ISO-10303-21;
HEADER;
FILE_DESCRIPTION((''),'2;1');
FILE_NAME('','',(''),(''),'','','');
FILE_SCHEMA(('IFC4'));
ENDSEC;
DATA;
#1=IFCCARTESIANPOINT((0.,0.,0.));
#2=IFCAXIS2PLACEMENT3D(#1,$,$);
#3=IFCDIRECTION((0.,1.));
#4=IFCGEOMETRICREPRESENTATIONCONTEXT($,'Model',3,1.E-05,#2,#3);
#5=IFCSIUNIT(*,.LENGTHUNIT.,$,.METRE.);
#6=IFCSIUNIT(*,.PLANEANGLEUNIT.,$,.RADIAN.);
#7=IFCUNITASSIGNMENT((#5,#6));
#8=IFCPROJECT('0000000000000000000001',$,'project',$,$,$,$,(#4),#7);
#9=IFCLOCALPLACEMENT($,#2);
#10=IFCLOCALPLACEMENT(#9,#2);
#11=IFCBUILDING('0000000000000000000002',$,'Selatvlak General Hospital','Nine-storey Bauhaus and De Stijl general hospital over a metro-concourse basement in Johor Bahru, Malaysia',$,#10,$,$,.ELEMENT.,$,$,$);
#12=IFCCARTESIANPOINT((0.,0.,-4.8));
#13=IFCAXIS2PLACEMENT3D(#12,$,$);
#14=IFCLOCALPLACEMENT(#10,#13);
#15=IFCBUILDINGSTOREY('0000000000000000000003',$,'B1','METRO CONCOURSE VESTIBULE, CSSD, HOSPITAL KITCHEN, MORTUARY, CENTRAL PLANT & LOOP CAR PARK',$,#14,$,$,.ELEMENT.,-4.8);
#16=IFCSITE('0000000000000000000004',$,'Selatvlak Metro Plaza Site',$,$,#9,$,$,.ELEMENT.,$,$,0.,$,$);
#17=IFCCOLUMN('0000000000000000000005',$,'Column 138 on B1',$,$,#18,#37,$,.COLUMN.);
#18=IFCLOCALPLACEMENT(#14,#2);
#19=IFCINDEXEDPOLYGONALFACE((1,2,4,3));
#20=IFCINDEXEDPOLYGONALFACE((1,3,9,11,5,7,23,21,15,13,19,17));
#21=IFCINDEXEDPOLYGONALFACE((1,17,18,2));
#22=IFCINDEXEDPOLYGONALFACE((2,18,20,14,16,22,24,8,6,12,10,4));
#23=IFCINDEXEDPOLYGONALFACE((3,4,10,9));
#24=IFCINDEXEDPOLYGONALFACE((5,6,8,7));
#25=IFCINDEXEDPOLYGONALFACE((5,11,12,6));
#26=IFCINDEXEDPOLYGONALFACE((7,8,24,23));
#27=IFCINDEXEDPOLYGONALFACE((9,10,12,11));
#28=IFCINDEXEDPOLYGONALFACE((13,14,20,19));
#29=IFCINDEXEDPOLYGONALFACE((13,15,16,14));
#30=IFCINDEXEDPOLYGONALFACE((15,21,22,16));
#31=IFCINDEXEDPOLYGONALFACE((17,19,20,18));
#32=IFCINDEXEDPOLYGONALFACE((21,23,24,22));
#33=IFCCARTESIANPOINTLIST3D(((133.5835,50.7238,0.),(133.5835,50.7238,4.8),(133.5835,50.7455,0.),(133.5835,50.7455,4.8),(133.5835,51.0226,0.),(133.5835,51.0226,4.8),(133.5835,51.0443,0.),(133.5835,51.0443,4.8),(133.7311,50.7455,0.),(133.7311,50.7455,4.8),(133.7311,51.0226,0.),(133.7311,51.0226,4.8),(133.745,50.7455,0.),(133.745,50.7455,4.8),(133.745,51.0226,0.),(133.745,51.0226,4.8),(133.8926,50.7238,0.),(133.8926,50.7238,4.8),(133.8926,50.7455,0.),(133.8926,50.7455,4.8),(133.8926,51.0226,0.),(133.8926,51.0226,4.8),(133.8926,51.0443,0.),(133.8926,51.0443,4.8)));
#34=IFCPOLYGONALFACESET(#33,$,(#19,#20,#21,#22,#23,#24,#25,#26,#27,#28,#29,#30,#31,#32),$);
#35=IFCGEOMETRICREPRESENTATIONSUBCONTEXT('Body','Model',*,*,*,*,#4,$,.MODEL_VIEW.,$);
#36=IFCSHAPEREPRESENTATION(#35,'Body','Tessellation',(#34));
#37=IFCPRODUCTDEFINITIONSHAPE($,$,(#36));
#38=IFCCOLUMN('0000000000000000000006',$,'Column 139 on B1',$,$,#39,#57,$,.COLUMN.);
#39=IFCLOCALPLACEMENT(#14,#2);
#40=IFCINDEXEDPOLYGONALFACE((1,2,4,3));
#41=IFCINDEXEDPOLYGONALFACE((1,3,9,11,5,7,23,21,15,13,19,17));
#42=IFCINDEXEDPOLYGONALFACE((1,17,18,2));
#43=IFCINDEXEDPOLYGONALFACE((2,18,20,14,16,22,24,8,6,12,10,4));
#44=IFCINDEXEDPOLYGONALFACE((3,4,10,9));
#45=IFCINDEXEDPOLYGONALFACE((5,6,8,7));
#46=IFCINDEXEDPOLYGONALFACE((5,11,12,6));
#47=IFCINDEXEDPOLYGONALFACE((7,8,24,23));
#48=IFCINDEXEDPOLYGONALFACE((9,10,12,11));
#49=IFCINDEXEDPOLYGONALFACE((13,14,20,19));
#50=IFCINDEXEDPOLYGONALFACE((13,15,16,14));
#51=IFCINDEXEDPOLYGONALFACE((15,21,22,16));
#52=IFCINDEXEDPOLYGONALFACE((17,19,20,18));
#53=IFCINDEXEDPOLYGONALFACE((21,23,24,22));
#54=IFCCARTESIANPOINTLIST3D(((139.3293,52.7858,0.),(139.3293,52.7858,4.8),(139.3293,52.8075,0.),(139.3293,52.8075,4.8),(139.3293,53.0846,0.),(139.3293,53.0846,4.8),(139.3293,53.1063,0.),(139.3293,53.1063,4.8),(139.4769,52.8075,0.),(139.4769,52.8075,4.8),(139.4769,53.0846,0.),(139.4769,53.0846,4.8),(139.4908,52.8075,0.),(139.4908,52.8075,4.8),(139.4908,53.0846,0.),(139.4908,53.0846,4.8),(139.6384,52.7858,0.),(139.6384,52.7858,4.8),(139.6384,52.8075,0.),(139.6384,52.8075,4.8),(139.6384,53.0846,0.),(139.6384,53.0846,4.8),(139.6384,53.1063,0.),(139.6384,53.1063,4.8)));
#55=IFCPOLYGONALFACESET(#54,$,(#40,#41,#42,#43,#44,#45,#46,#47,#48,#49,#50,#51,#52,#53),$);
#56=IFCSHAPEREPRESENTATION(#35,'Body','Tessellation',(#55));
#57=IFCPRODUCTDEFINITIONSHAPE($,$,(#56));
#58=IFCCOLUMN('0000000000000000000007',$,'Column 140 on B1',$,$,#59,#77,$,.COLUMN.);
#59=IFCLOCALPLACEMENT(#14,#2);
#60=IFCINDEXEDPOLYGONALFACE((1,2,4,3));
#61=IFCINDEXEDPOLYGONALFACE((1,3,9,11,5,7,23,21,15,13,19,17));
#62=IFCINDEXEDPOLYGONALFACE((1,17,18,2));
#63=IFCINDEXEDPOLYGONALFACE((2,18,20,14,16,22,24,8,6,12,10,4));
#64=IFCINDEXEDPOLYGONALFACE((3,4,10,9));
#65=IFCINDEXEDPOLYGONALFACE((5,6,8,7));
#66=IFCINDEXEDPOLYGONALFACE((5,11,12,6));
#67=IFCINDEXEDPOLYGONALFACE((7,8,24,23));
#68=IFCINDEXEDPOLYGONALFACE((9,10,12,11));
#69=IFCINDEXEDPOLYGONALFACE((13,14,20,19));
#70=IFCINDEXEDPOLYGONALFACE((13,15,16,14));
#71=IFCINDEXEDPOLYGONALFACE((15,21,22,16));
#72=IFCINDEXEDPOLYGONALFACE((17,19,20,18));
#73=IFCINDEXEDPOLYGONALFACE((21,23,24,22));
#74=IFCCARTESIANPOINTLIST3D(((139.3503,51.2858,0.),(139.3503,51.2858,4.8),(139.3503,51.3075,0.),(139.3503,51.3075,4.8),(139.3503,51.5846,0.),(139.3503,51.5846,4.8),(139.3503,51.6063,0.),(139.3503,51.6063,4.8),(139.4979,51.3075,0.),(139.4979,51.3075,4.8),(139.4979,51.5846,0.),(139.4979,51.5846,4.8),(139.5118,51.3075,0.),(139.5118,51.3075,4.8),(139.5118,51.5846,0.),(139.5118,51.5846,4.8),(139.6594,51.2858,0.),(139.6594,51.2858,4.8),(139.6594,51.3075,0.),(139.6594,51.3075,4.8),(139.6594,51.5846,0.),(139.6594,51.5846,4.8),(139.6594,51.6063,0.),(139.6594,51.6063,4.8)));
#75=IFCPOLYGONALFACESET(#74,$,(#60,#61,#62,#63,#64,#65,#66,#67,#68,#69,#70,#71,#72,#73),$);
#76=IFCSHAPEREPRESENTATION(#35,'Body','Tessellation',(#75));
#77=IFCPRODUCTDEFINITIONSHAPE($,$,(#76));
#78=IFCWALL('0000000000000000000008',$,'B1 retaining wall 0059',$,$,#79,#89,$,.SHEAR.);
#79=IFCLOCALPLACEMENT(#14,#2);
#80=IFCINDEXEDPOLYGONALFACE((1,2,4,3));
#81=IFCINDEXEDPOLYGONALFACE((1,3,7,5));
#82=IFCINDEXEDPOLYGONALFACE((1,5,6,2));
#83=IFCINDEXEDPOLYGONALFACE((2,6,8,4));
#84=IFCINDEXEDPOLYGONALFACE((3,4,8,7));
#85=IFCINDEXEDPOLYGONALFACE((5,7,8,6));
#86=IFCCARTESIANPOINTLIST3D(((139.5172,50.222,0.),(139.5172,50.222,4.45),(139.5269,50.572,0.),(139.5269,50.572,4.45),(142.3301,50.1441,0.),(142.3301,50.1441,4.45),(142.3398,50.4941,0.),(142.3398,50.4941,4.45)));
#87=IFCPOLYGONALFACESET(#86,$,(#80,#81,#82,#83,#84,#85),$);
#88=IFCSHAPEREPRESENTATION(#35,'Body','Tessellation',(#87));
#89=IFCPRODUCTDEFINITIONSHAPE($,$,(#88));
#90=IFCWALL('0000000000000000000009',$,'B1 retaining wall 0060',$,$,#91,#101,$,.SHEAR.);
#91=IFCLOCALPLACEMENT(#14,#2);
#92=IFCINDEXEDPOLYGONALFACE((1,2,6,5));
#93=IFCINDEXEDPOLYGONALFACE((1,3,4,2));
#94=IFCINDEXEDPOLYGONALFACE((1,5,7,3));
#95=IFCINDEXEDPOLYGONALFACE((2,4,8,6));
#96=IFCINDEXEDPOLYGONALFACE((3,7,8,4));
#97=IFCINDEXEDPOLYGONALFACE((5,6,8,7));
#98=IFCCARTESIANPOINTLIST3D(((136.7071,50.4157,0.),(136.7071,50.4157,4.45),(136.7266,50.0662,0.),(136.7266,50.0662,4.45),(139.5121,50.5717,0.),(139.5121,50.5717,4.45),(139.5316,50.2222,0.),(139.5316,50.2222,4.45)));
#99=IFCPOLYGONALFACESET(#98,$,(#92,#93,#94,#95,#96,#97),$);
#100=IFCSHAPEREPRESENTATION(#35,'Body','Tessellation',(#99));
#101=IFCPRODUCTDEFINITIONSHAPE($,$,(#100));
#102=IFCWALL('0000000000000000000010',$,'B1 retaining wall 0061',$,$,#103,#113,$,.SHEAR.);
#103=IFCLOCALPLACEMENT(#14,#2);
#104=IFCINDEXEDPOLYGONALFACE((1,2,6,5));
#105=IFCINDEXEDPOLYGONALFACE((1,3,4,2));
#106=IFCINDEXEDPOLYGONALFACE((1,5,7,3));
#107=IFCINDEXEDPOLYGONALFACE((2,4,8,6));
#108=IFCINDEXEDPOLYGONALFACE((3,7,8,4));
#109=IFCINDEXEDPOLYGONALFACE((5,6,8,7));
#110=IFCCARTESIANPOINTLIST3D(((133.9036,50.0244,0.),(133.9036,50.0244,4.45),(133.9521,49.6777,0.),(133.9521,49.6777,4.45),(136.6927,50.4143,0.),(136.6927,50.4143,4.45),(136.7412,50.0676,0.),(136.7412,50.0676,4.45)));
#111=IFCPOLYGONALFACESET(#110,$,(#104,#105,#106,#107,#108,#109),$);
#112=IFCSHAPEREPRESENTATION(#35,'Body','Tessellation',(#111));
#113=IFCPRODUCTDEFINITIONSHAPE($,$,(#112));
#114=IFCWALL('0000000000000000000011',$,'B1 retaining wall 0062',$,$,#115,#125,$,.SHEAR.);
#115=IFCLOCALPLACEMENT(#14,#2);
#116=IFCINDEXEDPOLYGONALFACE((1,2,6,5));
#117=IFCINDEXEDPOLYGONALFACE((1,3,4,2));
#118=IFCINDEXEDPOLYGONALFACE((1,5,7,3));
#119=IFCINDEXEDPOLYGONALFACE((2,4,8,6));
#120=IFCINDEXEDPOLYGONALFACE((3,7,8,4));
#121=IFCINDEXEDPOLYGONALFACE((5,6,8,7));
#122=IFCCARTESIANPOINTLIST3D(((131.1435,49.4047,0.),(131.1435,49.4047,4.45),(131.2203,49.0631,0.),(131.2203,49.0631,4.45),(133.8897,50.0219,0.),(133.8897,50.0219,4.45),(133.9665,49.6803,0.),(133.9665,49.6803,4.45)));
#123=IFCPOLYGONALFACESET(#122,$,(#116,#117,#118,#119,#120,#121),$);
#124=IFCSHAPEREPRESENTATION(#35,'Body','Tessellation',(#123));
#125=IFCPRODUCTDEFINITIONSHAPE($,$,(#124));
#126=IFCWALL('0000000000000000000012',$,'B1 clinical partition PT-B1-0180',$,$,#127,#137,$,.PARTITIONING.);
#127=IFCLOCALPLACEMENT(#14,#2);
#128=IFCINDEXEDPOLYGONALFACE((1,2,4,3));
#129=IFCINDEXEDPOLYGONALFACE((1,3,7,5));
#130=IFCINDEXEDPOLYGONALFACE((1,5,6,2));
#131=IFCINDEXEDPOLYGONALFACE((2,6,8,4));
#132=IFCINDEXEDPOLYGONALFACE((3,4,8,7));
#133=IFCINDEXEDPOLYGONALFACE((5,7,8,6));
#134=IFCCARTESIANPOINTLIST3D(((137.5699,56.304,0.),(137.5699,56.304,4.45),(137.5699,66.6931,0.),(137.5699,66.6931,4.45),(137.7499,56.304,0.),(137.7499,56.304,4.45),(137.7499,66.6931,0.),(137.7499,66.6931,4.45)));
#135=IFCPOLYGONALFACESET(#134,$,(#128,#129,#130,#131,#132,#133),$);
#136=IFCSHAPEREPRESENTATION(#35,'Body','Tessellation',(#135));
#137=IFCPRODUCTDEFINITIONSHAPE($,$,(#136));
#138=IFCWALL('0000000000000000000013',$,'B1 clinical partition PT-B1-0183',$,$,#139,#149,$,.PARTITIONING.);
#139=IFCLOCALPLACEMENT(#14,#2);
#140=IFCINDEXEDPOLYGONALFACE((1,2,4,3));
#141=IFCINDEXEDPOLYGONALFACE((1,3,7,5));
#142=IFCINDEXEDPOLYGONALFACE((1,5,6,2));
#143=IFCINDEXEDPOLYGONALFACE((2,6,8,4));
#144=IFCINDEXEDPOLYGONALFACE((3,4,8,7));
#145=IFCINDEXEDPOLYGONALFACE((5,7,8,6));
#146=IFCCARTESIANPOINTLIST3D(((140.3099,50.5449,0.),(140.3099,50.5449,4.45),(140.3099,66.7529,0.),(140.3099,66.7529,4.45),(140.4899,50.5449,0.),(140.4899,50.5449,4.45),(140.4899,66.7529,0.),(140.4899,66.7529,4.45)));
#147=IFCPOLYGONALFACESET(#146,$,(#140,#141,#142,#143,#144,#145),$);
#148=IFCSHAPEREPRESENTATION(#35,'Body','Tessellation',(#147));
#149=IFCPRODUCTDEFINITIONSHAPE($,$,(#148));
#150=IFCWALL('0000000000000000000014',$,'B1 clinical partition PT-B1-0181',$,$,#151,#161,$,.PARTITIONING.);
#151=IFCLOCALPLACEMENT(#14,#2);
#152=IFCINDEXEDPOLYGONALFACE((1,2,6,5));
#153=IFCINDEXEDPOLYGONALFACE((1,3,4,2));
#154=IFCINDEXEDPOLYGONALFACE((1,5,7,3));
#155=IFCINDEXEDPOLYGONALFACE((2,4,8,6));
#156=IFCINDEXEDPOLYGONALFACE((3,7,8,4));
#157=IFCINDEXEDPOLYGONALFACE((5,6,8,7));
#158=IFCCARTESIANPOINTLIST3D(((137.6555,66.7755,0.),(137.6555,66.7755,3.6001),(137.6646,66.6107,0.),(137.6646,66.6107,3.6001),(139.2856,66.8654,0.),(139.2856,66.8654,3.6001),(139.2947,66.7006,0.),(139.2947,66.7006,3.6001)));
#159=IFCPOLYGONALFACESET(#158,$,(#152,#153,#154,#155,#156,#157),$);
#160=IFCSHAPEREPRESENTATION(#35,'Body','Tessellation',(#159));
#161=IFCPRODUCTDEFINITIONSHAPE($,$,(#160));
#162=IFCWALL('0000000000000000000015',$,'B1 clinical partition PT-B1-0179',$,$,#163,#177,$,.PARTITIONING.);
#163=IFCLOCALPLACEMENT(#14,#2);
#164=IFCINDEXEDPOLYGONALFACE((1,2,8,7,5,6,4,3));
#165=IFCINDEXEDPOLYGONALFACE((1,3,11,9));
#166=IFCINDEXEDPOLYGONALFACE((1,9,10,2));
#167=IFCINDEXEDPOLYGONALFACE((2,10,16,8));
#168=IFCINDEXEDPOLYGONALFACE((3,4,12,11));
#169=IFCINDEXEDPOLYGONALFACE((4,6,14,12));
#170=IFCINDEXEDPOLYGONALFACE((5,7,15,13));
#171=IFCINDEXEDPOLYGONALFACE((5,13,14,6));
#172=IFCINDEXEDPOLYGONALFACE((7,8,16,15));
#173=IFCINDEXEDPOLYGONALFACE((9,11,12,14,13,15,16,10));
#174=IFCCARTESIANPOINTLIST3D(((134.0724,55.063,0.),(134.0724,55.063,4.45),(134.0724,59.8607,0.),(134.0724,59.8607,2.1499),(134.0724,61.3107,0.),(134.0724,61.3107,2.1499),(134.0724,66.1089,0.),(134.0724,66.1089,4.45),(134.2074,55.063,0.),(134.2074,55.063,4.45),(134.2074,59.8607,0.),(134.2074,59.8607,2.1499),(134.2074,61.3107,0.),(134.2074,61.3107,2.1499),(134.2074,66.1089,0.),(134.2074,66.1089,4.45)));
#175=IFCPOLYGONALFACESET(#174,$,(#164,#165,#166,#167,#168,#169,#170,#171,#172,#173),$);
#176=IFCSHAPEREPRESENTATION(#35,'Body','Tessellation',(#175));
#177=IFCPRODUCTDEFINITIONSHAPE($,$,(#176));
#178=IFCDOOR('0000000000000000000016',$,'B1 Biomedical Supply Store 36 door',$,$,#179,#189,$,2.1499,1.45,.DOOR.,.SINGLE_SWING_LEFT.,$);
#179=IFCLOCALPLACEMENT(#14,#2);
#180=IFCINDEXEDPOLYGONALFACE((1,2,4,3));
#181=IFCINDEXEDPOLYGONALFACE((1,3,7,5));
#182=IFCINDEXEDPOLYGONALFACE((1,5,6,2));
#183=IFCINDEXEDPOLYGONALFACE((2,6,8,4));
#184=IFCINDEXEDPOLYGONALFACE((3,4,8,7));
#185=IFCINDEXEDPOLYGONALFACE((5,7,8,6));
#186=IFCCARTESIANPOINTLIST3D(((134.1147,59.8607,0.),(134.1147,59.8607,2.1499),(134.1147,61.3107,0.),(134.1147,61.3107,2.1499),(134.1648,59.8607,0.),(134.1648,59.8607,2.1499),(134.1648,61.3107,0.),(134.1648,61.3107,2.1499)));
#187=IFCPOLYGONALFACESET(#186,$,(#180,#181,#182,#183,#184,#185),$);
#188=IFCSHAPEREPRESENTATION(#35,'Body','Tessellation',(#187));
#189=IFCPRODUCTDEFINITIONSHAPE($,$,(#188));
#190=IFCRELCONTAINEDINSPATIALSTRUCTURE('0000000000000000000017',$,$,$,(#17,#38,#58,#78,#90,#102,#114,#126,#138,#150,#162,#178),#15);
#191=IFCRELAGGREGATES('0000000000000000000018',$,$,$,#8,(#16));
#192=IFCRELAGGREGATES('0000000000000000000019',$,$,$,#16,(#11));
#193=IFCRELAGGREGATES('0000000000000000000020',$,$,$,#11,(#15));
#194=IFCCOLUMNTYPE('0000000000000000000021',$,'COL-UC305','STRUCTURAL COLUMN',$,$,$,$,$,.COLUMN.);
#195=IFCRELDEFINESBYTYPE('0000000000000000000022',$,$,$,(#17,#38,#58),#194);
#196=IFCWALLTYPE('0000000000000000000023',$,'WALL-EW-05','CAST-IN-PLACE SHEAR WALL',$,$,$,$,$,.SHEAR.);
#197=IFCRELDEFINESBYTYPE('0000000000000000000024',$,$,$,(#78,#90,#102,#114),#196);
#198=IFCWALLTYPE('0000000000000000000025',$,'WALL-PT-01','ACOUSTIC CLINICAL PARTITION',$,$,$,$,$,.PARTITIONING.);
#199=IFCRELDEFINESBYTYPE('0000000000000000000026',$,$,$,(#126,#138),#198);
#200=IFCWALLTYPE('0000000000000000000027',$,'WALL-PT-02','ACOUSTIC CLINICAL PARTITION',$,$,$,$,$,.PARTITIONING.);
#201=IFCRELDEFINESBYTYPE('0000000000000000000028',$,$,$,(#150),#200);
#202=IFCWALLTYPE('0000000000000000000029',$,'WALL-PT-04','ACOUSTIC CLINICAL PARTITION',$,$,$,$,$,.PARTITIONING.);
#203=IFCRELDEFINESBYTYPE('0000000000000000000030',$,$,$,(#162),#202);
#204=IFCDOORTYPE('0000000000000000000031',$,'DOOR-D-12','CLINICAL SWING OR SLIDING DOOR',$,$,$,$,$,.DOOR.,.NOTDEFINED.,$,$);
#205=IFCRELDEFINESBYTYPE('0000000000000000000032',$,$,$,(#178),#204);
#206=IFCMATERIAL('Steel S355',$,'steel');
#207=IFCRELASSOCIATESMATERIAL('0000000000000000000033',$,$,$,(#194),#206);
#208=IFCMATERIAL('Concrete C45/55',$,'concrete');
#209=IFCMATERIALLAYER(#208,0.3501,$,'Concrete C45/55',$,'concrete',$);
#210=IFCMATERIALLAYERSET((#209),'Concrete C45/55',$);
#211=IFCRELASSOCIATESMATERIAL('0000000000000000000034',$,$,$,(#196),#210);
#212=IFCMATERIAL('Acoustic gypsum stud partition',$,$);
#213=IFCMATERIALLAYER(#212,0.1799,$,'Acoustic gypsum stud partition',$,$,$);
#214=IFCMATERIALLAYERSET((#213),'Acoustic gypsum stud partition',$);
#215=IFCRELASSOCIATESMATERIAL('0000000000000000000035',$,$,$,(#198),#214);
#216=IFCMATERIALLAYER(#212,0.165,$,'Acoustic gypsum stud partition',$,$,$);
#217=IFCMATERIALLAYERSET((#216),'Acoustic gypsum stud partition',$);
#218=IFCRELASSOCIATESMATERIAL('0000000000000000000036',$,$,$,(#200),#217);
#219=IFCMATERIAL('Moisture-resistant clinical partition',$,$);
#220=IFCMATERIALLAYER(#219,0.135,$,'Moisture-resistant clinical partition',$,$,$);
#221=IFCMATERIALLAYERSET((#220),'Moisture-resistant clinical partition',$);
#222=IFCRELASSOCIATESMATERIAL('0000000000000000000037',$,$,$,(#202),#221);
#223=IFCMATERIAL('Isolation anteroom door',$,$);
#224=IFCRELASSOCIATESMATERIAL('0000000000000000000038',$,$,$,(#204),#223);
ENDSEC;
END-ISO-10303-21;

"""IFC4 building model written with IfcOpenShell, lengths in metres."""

from ifc_helpers import new_model, si_unit, direction, frame, frame_2d, origin, origin_2d, place, context, subcontext, project, spatial, rectangle, i_section, extrude, material, layer, layer_set, material_profile, profile_set, type_object, element, fill, save


model = new_model("IFC4")

# Units and contexts
model_context = context("Model", 3, precision=1e-05, world=origin(), true_north=direction((0.0, 1.0)))
body_context = subcontext(model_context, "Body", "Model", "MODEL_VIEW")
ifc_project = project(units=[si_unit("LENGTHUNIT", "METRE"), si_unit("PLANEANGLEUNIT", "RADIAN")], contexts=[model_context])

# Site, building, storey
site_placement = place(None, origin())
site = spatial("IfcSite", under=ifc_project, at=site_placement, Name="Selatvlak Metro Plaza Site", CompositionType="ELEMENT", RefElevation=0.0)
building_placement = place(site_placement, origin())
building = spatial("IfcBuilding", under=site, at=building_placement, Name="Selatvlak General Hospital", Description="Nine-storey Bauhaus and De Stijl general hospital over a metro-concourse basement in Johor Bahru, Malaysia", CompositionType="ELEMENT")
storey_placement = place(building_placement, frame((0.0, 0.0, -4.8)))
storey = spatial("IfcBuildingStorey", under=building, at=storey_placement, Name="B1", Description="METRO CONCOURSE VESTIBULE, CSSD, HOSPITAL KITCHEN, MORTUARY, CENTRAL PLANT & LOOP CAR PARK", CompositionType="ELEMENT", Elevation=-4.8)

# Columns
ifc_material_1 = material(Name="Steel S355", Category="steel")
ifc_material_profile_1 = material_profile(ifc_material_1, i_section(OverallWidth=0.3091, OverallDepth=0.3206, WebThickness=0.0139, FlangeThickness=0.0217, at=origin_2d()), Name="UC 305x305x137")
ifc_profile_set_1 = profile_set([ifc_material_profile_1], Name="Steel S355")
column_type_1 = type_object("IfcColumnType", Name="COL-UC305", Description="STRUCTURAL COLUMN", PredefinedType="COLUMN", material=ifc_profile_set_1)
for number, where, z_axis, x_axis, name in (
    (1, (133.738, 50.884, 0.0), (0.0, 0.0, 1.0), (1.0, 0.0, 0.0), "Column 138 on B1"),
    (2, (139.4839, 52.946, 0.0), (0.0, 0.0, 1.0), (1.0, 0.0, 0.0), "Column 139 on B1"),
    (3, (139.5049, 51.446, 0.0), (0.0, 0.0, 1.0), (1.0, 0.0, 0.0), "Column 140 on B1"),
):
    element("IfcColumn", number, at=place(storey_placement, frame(where, z_axis=z_axis, x_axis=x_axis)), inside=storey, type_object=column_type_1, Name=name, PredefinedType="COLUMN", context=body_context, shape_type="SweptSolid", body=[
        extrude(i_section(OverallWidth=0.3091, OverallDepth=0.3206, WebThickness=0.0139, FlangeThickness=0.0217, at=origin_2d()), origin(), (0.0, 0.0, 1.0), 4.8),
    ])

# Walls
ifc_material_2 = material(Name="Concrete C45/55", Category="concrete")
ifc_layer_1 = layer(ifc_material_2, 0.3501, Name="Concrete C45/55", Category="concrete")
ifc_layer_set_1 = layer_set([ifc_layer_1], Name="Concrete C45/55")
wall_type_1 = type_object("IfcWallType", Name="WALL-EW-05", Description="CAST-IN-PLACE SHEAR WALL", PredefinedType="SHEAR", material=ifc_layer_set_1)
wall_1_placement = place(storey_placement, frame((142.335, 50.3191, 0.0), z_axis=(0.0, 0.0, 1.0), x_axis=(-0.999617, 0.027676, 0.0)))
element("IfcWall", 4, at=wall_1_placement, inside=storey, type_object=wall_type_1, Name="B1 retaining wall 0059", PredefinedType="SHEAR", context=body_context, shape_type="SweptSolid", body=[
    extrude(rectangle(XDim=2.814, YDim=0.3501, at=frame_2d((1.407, 0.0))), origin(), (0.0, 0.0, 1.0), 4.45),
])
wall_2_placement = place(storey_placement, frame((139.522, 50.397, 0.0), z_axis=(0.0, 0.0, 1.0), x_axis=(-0.998457, -0.055533, 0.0)))
element("IfcWall", 5, at=wall_2_placement, inside=storey, type_object=wall_type_1, Name="B1 retaining wall 0060", PredefinedType="SHEAR", context=body_context, shape_type="SweptSolid", body=[
    extrude(rectangle(XDim=2.8093, YDim=0.3501, at=frame_2d((1.4048, 0.0))), origin(), (0.0, 0.0, 1.0), 4.45),
])
wall_3_placement = place(storey_placement, frame((136.717, 50.241, 0.0), z_axis=(0.0, 0.0, 1.0), x_axis=(-0.99037, -0.138447, 0.0)))
element("IfcWall", 6, at=wall_3_placement, inside=storey, type_object=wall_type_1, Name="B1 retaining wall 0061", PredefinedType="SHEAR", context=body_context, shape_type="SweptSolid", body=[
    extrude(rectangle(XDim=2.8162, YDim=0.3501, at=frame_2d((1.4082, 0.0))), origin(), (0.0, 0.0, 1.0), 4.45),
])
wall_4_placement = place(storey_placement, frame((133.928, 49.8511, 0.0), z_axis=(0.0, 0.0, 1.0), x_axis=(-0.975662, -0.219281, 0.0)))
element("IfcWall", 7, at=wall_4_placement, inside=storey, type_object=wall_type_1, Name="B1 retaining wall 0062", PredefinedType="SHEAR", context=body_context, shape_type="SweptSolid", body=[
    extrude(rectangle(XDim=2.8147, YDim=0.3501, at=frame_2d((1.4072, 0.0))), origin(), (0.0, 0.0, 1.0), 4.45),
])
ifc_material_3 = material(Name="Acoustic gypsum stud partition")
ifc_layer_2 = layer(ifc_material_3, 0.1799, Name="Acoustic gypsum stud partition")
ifc_layer_set_2 = layer_set([ifc_layer_2], Name="Acoustic gypsum stud partition")
wall_type_2 = type_object("IfcWallType", Name="WALL-PT-01", Description="ACOUSTIC CLINICAL PARTITION", PredefinedType="PARTITIONING", material=ifc_layer_set_2)
wall_5_placement = place(storey_placement, frame((137.6599, 56.304, 0.0), z_axis=(0.0, 0.0, 1.0), x_axis=(0.0, 1.0, 0.0)))
element("IfcWall", 8, at=wall_5_placement, inside=storey, type_object=wall_type_2, Name="B1 clinical partition PT-B1-0180", PredefinedType="PARTITIONING", context=body_context, shape_type="SweptSolid", body=[
    extrude(rectangle(XDim=10.3892, YDim=0.1799, at=frame_2d((5.1946, 0.0))), origin(), (0.0, 0.0, 1.0), 4.45),
])
wall_6_placement = place(storey_placement, frame((140.3999, 66.7529, 0.0), z_axis=(0.0, 0.0, 1.0), x_axis=(0.0, -1.0, 0.0)))
element("IfcWall", 9, at=wall_6_placement, inside=storey, type_object=wall_type_2, Name="B1 clinical partition PT-B1-0183", PredefinedType="PARTITIONING", context=body_context, shape_type="SweptSolid", body=[
    extrude(rectangle(XDim=16.208, YDim=0.1799, at=frame_2d((8.104, 0.0))), origin(), (0.0, 0.0, 1.0), 4.45),
])
ifc_layer_3 = layer(ifc_material_3, 0.165, Name="Acoustic gypsum stud partition")
ifc_layer_set_3 = layer_set([ifc_layer_3], Name="Acoustic gypsum stud partition")
wall_type_3 = type_object("IfcWallType", Name="WALL-PT-02", Description="ACOUSTIC CLINICAL PARTITION", PredefinedType="PARTITIONING", material=ifc_layer_set_3)
wall_7_placement = place(storey_placement, frame((137.6599, 66.6931, 0.0), z_axis=(0.0, 0.0, 1.0), x_axis=(0.998485, 0.055031, 0.0)))
element("IfcWall", 10, at=wall_7_placement, inside=storey, type_object=wall_type_3, Name="B1 clinical partition PT-B1-0181", PredefinedType="PARTITIONING", context=body_context, shape_type="SweptSolid", body=[
    extrude(rectangle(XDim=1.6326, YDim=0.165, at=frame_2d((0.8164, 0.0))), origin(), (0.0, 0.0, 1.0), 3.6001),
])

# Wall, opening, door
ifc_material_4 = material(Name="Moisture-resistant clinical partition")
ifc_layer_4 = layer(ifc_material_4, 0.135, Name="Moisture-resistant clinical partition")
ifc_layer_set_4 = layer_set([ifc_layer_4], Name="Moisture-resistant clinical partition")
wall_type_4 = type_object("IfcWallType", Name="WALL-PT-04", Description="ACOUSTIC CLINICAL PARTITION", PredefinedType="PARTITIONING", material=ifc_layer_set_4)
wall_8_placement = place(storey_placement, frame((134.1399, 66.1089, 0.0), z_axis=(0.0, 0.0, 1.0), x_axis=(0.0, -1.0, 0.0)))
wall_8 = element("IfcWall", 11, at=wall_8_placement, inside=storey, type_object=wall_type_4, Name="B1 clinical partition PT-B1-0179", PredefinedType="PARTITIONING", context=body_context, shape_type="SweptSolid", body=[
    extrude(rectangle(XDim=11.0459, YDim=0.135, at=frame_2d((5.5229, 0.0))), origin(), (0.0, 0.0, 1.0), 4.45),
])
opening_1_placement = place(wall_8_placement, frame((4.7981, 0.0, 0.0)))
opening_1 = element("IfcOpeningElement", 12, at=opening_1_placement, cuts=wall_8, PredefinedType="OPENING", context=body_context, shape_type="SweptSolid", body=[
    extrude(rectangle(XDim=1.45, YDim=2.1499, at=frame_2d((0.7251, 1.075))), frame((0.0, 0.0774, 0.0), z_axis=(0.0, -1.0, 0.0), x_axis=(1.0, 0.0, 0.0)), (0.0, 0.0, 1.0), 0.155),
])
ifc_material_5 = material(Name="Isolation anteroom door")
door_type_1 = type_object("IfcDoorType", Name="DOOR-D-12", Description="CLINICAL SWING OR SLIDING DOOR", OperationType="NOTDEFINED", PredefinedType="DOOR", material=ifc_material_5)
door_1_placement = place(opening_1_placement, origin())
door_1 = element("IfcDoor", 13, at=door_1_placement, inside=storey, type_object=door_type_1, Name="B1 Biomedical Supply Store 36 door", OperationType="SINGLE_SWING_LEFT", OverallHeight=2.1499, OverallWidth=1.45, PredefinedType="DOOR", context=body_context, shape_type="SweptSolid", body=[
    extrude(rectangle(XDim=1.45, YDim=2.1499, at=frame_2d((0.7251, 1.075))), frame((0.0, 0.0249, 0.0), z_axis=(0.0, -1.0, 0.0), x_axis=(1.0, 0.0, 0.0)), (0.0, 0.0, 1.0), 0.05),
])
fill(opening_1, door_1)

save(model, "model.ifc")
